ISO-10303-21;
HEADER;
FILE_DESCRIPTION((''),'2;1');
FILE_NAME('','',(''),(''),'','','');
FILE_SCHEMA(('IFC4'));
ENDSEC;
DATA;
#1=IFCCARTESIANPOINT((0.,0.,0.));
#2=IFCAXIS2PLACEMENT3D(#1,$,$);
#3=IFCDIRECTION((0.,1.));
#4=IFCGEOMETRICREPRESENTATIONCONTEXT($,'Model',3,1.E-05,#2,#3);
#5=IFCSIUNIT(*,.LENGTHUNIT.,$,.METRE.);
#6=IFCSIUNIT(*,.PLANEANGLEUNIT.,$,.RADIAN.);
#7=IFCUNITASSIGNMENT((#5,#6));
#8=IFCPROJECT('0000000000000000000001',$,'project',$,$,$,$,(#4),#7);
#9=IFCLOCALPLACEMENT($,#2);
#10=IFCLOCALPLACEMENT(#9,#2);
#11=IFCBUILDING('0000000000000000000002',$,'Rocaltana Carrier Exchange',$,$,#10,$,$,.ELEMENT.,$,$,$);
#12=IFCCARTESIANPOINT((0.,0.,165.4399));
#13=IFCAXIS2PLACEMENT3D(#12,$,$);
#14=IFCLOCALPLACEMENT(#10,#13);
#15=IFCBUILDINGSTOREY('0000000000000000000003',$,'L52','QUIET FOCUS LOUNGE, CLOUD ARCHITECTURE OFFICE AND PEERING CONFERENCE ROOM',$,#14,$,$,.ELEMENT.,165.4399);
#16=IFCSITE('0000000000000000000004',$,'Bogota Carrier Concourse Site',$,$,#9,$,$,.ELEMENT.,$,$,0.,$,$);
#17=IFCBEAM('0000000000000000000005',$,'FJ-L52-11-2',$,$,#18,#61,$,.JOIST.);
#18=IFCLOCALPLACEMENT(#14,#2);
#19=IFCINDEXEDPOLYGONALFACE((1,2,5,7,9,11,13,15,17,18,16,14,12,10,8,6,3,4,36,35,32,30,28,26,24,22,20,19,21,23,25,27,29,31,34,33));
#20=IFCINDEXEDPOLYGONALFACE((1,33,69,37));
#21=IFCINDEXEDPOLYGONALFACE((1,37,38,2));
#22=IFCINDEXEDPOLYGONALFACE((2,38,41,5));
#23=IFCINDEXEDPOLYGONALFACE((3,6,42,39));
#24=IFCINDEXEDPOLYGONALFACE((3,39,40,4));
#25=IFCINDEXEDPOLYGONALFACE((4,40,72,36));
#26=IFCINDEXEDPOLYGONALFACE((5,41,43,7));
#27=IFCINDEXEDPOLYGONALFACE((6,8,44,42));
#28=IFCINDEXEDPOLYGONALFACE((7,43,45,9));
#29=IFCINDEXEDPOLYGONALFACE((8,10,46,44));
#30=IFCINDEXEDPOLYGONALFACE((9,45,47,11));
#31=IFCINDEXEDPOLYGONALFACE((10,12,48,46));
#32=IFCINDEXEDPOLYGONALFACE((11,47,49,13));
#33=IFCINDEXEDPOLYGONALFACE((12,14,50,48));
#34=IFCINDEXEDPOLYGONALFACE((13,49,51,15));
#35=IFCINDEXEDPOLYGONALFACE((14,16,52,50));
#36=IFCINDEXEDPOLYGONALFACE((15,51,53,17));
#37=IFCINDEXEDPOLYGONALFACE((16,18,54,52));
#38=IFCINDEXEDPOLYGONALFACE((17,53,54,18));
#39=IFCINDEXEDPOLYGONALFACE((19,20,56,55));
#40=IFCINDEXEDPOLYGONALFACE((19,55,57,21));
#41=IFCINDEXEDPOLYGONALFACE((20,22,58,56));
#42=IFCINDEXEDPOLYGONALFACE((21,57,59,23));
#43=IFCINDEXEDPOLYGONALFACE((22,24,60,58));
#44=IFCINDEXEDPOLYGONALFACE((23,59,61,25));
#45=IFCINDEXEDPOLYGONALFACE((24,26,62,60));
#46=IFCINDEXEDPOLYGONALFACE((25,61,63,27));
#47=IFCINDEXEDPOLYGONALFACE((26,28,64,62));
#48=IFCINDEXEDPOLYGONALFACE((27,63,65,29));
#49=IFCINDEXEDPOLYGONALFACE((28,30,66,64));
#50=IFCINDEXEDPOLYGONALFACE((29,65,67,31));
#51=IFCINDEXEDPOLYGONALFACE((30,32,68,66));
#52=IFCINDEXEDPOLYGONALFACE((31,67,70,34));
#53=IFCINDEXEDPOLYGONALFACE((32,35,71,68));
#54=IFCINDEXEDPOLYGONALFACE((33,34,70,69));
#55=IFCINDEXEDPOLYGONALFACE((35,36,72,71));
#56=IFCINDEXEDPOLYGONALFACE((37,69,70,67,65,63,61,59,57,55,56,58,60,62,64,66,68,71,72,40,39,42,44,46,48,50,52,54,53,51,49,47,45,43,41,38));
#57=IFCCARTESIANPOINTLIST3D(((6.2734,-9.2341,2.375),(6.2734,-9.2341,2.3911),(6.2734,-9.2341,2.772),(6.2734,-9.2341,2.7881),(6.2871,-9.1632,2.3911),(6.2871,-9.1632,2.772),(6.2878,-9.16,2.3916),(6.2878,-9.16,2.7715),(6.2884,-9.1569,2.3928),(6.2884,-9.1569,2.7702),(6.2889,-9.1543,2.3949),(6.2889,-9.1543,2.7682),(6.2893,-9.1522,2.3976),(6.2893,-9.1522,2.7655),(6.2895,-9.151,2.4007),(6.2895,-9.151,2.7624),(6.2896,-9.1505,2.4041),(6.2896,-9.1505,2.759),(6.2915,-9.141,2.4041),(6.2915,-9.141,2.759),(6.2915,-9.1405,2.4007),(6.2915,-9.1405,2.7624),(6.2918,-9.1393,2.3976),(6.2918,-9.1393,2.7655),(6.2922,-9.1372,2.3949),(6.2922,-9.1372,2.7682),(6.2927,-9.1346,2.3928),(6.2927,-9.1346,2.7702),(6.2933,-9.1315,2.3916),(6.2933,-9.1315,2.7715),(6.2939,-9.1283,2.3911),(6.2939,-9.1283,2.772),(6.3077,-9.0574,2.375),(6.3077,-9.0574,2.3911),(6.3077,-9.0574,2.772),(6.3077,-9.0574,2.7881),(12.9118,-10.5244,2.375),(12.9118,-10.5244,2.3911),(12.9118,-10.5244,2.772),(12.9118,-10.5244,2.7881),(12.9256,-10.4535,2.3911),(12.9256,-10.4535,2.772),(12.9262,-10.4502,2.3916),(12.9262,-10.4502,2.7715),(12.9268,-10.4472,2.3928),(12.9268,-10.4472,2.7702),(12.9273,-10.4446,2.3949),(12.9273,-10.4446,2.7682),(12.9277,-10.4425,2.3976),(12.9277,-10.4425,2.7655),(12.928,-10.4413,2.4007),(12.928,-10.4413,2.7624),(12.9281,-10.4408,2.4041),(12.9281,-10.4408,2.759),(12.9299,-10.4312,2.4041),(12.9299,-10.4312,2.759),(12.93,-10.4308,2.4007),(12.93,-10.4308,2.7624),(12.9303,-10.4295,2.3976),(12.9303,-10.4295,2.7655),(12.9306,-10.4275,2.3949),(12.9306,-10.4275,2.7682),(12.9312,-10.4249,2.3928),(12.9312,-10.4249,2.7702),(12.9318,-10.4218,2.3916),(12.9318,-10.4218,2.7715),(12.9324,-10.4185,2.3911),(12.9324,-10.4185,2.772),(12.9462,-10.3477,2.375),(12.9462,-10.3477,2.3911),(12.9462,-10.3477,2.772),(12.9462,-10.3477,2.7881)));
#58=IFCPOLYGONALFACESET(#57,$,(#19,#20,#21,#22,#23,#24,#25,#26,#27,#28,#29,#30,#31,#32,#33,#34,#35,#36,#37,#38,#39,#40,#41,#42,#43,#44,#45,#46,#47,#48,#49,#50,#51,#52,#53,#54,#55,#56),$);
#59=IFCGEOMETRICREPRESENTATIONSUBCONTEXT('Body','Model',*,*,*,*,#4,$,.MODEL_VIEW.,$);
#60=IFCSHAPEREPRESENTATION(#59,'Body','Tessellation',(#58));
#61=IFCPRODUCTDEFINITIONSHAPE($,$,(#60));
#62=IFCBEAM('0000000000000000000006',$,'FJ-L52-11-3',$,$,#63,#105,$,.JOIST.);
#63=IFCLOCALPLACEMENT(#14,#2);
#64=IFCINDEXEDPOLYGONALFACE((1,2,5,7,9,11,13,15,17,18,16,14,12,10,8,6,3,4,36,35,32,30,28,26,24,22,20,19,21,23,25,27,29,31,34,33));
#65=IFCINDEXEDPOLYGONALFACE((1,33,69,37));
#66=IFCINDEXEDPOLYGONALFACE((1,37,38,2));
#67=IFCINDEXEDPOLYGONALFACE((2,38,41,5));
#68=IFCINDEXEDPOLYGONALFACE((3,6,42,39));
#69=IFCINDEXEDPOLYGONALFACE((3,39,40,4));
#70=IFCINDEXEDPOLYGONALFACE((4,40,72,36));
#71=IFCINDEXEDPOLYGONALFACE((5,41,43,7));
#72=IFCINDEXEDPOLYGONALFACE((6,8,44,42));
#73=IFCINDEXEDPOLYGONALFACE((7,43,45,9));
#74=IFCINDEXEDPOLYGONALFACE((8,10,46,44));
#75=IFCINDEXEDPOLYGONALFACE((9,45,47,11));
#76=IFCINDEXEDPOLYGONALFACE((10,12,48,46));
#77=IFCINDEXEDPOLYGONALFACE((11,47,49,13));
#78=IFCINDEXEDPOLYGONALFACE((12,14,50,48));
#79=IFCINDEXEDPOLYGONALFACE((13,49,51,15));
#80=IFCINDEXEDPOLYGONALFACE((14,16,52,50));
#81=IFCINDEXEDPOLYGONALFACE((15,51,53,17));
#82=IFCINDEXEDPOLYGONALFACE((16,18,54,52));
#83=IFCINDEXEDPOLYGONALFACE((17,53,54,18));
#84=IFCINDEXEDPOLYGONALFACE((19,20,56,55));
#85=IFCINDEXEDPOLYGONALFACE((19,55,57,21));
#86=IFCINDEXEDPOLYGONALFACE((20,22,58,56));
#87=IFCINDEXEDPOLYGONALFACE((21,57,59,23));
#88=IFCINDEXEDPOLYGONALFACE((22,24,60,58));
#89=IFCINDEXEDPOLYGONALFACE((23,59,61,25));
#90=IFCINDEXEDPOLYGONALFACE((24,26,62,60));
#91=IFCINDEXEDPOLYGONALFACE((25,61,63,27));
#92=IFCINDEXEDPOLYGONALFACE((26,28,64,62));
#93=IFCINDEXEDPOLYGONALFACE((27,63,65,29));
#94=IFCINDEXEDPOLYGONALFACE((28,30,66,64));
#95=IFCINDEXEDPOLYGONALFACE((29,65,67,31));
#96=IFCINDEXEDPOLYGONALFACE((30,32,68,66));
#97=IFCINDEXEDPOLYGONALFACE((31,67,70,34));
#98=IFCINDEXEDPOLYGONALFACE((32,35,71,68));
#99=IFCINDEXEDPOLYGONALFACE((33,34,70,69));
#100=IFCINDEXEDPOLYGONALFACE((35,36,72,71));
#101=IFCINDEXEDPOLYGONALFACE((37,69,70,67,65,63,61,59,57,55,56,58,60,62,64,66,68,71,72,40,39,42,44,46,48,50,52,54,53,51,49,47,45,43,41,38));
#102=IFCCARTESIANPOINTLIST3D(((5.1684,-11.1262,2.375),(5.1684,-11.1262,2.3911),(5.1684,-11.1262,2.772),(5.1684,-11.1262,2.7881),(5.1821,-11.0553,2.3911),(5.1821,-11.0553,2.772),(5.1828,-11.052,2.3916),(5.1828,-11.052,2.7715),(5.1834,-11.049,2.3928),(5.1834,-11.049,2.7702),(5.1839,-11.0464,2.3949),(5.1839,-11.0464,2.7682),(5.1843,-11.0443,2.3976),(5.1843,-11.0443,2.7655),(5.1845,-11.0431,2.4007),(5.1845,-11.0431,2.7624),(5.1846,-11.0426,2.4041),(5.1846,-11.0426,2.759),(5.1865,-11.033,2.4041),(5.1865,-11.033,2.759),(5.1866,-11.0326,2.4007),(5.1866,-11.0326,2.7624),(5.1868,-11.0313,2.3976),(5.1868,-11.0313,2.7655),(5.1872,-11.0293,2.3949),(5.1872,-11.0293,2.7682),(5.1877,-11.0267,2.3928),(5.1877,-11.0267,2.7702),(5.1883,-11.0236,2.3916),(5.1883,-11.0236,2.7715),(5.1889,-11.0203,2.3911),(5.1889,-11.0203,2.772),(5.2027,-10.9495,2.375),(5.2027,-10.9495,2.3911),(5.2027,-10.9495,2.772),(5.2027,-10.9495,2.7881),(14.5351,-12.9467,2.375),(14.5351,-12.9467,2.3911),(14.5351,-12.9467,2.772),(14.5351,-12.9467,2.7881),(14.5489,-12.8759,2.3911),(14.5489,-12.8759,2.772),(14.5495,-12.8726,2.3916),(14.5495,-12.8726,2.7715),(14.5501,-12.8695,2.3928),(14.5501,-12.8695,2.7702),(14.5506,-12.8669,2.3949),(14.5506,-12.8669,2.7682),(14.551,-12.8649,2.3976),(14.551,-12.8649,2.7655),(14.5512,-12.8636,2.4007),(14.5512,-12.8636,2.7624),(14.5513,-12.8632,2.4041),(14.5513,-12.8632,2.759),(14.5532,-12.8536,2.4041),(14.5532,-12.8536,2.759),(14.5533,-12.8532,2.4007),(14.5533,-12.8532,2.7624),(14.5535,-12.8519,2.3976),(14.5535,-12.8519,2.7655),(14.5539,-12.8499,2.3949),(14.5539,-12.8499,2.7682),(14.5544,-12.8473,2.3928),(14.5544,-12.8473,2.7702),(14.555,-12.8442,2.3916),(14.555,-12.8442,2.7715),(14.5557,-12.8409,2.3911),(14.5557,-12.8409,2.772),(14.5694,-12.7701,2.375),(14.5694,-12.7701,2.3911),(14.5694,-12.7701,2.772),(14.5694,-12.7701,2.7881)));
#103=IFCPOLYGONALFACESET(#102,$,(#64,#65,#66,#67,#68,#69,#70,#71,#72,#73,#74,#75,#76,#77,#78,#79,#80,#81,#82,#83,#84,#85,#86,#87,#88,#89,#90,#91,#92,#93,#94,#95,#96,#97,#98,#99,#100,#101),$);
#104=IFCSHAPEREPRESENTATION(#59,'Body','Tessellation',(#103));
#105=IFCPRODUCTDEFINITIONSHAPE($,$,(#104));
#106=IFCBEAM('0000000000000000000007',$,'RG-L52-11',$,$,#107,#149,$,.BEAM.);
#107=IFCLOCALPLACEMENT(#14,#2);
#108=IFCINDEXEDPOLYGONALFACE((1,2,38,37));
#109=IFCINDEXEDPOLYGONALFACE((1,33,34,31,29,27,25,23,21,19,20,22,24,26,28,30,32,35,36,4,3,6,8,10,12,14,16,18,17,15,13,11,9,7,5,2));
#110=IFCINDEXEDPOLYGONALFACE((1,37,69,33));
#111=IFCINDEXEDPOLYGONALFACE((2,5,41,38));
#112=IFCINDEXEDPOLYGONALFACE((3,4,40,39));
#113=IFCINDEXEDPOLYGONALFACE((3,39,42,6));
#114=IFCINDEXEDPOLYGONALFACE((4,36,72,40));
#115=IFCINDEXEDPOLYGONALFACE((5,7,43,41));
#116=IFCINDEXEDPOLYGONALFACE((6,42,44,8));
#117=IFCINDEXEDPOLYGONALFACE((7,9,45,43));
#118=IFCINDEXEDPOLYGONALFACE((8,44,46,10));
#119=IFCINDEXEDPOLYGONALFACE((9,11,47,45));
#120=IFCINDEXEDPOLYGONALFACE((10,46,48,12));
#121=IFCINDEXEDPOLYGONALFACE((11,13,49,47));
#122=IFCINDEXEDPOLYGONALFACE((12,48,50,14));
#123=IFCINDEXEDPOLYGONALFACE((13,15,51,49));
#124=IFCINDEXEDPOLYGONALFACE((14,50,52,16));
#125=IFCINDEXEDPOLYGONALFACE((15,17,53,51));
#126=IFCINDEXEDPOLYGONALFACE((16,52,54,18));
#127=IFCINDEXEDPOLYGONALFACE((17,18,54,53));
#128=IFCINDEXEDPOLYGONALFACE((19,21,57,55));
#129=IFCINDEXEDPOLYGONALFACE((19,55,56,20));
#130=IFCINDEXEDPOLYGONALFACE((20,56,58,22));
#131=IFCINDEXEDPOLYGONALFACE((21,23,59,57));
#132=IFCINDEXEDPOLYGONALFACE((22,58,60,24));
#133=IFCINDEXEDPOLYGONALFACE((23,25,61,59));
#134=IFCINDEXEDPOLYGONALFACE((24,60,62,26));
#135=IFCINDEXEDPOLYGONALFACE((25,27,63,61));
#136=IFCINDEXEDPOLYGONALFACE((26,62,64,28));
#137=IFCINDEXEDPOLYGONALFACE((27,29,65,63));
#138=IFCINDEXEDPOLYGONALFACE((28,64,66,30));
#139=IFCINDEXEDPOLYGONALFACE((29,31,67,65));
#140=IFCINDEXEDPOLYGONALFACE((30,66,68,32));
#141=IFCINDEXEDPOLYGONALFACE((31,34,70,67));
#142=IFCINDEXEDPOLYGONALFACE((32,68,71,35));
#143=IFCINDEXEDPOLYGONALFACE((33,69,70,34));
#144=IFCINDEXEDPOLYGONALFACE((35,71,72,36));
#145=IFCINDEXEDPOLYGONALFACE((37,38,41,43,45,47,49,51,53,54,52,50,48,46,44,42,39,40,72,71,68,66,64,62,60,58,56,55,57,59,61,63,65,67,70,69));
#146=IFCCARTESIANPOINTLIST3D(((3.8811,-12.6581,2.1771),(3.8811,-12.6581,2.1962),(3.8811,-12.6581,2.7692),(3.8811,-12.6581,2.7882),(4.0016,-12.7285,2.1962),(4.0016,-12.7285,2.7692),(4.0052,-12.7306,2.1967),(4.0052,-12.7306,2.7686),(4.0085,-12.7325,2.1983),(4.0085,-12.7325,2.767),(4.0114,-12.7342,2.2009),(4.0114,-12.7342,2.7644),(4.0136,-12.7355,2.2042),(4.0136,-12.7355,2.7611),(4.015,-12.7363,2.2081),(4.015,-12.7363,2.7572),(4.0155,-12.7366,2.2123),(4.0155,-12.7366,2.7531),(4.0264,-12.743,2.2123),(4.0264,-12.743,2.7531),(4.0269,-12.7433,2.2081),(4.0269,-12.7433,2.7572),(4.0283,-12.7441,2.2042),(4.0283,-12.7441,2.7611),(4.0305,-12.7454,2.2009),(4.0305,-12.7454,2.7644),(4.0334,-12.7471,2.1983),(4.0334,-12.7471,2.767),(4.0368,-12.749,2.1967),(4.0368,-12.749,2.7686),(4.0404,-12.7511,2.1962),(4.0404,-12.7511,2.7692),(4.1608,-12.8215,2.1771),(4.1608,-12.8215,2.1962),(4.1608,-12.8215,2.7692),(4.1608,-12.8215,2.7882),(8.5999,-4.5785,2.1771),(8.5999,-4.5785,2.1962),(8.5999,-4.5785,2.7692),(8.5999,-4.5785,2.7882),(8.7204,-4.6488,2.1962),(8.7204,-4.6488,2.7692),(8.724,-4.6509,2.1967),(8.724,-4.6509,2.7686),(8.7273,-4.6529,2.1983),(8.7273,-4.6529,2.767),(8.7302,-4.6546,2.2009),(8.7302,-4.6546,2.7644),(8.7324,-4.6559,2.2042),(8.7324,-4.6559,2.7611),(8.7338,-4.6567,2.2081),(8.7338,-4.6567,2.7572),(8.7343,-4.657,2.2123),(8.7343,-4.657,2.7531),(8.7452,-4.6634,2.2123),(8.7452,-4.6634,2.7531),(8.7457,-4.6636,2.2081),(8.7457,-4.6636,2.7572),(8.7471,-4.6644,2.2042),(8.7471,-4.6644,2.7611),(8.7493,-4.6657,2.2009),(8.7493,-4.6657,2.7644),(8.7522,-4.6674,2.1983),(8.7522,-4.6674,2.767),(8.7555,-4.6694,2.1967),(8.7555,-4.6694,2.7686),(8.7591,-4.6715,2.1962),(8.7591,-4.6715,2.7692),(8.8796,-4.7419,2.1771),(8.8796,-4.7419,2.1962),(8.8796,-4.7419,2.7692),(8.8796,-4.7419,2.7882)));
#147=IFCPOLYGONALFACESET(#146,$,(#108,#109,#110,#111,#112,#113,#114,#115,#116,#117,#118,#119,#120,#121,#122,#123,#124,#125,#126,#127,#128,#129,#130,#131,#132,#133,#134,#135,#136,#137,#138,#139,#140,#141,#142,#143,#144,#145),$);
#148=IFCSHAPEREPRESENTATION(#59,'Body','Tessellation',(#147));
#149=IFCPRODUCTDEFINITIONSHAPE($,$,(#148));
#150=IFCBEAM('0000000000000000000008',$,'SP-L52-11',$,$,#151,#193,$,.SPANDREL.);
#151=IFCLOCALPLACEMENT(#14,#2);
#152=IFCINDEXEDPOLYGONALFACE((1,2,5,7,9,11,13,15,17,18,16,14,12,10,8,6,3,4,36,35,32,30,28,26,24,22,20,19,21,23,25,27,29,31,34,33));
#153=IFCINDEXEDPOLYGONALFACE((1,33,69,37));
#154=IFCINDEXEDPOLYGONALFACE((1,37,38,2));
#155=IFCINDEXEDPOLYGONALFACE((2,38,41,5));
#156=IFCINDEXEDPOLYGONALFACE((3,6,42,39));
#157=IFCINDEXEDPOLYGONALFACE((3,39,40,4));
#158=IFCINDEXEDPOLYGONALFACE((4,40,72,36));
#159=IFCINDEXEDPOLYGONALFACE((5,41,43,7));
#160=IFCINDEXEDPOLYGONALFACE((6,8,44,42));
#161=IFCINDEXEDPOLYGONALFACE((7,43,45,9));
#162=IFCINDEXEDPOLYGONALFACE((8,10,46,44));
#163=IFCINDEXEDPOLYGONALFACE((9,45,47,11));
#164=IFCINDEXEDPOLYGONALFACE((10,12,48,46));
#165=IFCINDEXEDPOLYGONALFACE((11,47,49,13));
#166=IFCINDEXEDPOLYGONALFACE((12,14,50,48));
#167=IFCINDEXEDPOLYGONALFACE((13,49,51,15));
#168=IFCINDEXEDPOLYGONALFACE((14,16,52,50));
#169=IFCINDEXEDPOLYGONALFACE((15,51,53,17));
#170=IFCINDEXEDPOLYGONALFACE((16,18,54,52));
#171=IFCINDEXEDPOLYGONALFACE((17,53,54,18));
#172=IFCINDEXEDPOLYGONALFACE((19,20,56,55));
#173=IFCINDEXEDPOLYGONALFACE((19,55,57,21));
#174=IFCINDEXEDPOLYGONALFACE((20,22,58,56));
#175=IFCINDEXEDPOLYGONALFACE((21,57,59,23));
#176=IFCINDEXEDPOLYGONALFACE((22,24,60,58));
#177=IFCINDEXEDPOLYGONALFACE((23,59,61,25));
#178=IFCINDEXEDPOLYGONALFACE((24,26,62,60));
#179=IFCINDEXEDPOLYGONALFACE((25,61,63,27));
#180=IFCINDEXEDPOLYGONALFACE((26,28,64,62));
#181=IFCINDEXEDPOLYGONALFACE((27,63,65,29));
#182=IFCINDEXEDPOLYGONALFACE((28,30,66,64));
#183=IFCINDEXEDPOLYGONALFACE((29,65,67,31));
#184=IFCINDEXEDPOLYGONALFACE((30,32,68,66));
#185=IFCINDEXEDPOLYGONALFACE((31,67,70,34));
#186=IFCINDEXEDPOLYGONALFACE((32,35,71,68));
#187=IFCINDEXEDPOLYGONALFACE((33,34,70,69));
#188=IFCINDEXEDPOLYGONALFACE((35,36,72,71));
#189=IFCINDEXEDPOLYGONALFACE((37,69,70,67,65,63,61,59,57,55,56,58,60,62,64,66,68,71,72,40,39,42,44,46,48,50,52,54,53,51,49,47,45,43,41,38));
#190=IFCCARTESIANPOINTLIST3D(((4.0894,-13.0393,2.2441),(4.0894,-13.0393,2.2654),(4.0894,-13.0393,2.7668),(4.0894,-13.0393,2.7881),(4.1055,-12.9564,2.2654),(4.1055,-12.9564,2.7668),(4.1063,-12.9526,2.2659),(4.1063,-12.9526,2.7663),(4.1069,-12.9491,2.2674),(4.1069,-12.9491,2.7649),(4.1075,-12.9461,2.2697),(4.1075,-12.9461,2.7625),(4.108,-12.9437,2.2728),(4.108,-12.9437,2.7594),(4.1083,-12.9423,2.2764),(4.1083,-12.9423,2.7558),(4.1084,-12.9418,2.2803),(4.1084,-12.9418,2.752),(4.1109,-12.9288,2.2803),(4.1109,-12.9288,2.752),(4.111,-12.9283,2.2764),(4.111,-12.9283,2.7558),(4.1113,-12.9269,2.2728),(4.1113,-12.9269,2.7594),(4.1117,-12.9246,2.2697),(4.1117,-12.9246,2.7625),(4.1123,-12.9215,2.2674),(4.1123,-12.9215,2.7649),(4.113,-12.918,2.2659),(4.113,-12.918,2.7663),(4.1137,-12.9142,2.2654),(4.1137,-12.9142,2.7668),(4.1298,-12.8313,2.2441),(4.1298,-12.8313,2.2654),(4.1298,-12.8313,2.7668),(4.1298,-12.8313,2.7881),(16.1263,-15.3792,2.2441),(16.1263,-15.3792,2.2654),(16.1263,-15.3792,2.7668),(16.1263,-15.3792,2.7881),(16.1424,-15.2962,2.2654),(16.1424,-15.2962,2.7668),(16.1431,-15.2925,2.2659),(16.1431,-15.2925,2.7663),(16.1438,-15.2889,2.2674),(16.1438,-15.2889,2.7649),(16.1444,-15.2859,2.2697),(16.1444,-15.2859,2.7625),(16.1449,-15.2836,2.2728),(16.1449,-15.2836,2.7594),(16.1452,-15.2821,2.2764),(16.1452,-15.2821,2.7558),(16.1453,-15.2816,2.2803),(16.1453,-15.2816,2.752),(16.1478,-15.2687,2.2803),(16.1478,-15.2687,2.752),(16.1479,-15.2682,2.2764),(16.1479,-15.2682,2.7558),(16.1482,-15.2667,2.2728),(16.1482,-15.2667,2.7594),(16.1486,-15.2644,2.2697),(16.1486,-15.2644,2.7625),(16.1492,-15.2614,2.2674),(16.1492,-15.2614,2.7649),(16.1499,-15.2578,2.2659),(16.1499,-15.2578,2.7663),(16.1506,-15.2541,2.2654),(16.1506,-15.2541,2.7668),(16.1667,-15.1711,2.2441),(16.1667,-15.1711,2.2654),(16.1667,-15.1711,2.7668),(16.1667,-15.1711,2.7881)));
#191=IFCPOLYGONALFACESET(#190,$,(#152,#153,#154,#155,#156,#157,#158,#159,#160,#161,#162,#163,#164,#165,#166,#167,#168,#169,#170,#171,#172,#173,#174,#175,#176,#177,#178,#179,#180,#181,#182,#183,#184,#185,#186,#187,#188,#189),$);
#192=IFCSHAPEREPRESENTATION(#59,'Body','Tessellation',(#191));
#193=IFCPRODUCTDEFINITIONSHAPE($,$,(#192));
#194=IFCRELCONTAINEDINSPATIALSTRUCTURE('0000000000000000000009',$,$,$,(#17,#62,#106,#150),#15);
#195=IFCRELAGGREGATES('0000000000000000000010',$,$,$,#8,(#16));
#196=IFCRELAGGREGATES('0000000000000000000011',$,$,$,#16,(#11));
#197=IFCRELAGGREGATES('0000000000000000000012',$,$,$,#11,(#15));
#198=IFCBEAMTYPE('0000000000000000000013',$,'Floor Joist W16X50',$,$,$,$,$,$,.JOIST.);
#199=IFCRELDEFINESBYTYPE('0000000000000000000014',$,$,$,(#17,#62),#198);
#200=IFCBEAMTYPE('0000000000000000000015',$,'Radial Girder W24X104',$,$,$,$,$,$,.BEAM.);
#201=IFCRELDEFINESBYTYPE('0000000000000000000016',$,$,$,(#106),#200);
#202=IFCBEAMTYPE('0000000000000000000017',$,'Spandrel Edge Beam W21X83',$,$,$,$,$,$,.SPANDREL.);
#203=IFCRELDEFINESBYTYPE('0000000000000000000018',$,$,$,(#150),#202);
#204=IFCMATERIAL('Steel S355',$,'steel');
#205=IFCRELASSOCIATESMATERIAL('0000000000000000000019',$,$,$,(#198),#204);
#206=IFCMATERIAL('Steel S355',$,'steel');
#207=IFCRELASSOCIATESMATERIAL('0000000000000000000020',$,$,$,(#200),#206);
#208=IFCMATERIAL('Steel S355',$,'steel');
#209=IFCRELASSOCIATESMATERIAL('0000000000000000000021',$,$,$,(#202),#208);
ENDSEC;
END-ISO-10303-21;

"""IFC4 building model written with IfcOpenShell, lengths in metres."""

from ifc_helpers import new_model, si_unit, direction, frame, origin, origin_2d, place, context, subcontext, project, spatial, i_section, extrude, material, material_profile, profile_set, type_object, element, save


model = new_model("IFC4")

# Units and contexts
model_context = context("Model", 3, precision=1e-05, world=origin(), true_north=direction((0.0, 1.0)))
body_context = subcontext(model_context, "Body", "Model", "MODEL_VIEW")
ifc_project = project(units=[si_unit("LENGTHUNIT", "METRE"), si_unit("PLANEANGLEUNIT", "RADIAN")], contexts=[model_context])

# Site, building, storey
site_placement = place(None, origin())
site = spatial("IfcSite", under=ifc_project, at=site_placement, Name="Bogota Carrier Concourse Site", CompositionType="ELEMENT", RefElevation=0.0)
building_placement = place(site_placement, origin())
building = spatial("IfcBuilding", under=site, at=building_placement, Name="Rocaltana Carrier Exchange", CompositionType="ELEMENT")
storey_placement = place(building_placement, frame((0.0, 0.0, 165.4399)))
storey = spatial("IfcBuildingStorey", under=building, at=storey_placement, Name="L52", Description="QUIET FOCUS LOUNGE, CLOUD ARCHITECTURE OFFICE AND PEERING CONFERENCE ROOM", CompositionType="ELEMENT", Elevation=165.4399)

# Beams
ifc_material_1 = material(Name="Steel S355", Category="steel")
ifc_material_profile_1 = material_profile(ifc_material_1, i_section(OverallWidth=0.1799, OverallDepth=0.4131, WebThickness=0.0098, FlangeThickness=0.0161, FilletRadius=0.0129, at=origin_2d()), Name="W16X50")
ifc_profile_set_1 = profile_set([ifc_material_profile_1], Name="Steel S355")
beam_type_1 = type_object("IfcBeamType", Name="Floor Joist W16X50", PredefinedType="JOIST", material=ifc_profile_set_1)
beam_1_placement = place(storey_placement, frame((6.2905, -9.1458, 2.5815), z_axis=(0.98163, -0.190795, 0.0), x_axis=(0.190795, 0.98163, 0.0)))
element("IfcBeam", 1, at=beam_1_placement, inside=storey, type_object=beam_type_1, Name="FJ-L52-11-2", PredefinedType="JOIST", context=body_context, shape_type="SweptSolid", body=[
    extrude(i_section(OverallWidth=0.1799, OverallDepth=0.4131, WebThickness=0.0098, FlangeThickness=0.0161, FilletRadius=0.0129, at=origin_2d()), origin(), (0.0, 0.0, 1.0), 6.7627),
])
beam_2_placement = place(storey_placement, frame((5.1855, -11.0378, 2.5815), z_axis=(0.98163, -0.190794, 0.0), x_axis=(0.190794, 0.98163, 0.0)))
element("IfcBeam", 2, at=beam_2_placement, inside=storey, type_object=beam_type_1, Name="FJ-L52-11-3", PredefinedType="JOIST", context=body_context, shape_type="SweptSolid", body=[
    extrude(i_section(OverallWidth=0.1799, OverallDepth=0.4131, WebThickness=0.0098, FlangeThickness=0.0161, FilletRadius=0.0129, at=origin_2d()), origin(), (0.0, 0.0, 1.0), 9.542),
])
ifc_material_2 = material(Name="Steel S355", Category="steel")
ifc_material_profile_2 = material_profile(ifc_material_2, i_section(OverallWidth=0.324, OverallDepth=0.6111, WebThickness=0.0127, FlangeThickness=0.019, FilletRadius=0.0161, at=origin_2d()), Name="W24X104")
ifc_profile_set_2 = profile_set([ifc_material_profile_2], Name="Steel S355")
beam_type_2 = type_object("IfcBeamType", Name="Radial Girder W24X104", PredefinedType="BEAM", material=ifc_profile_set_2)
beam_3_placement = place(storey_placement, frame((8.7397, -4.6602, 2.4827), z_axis=(-0.504322, -0.863516, 0.0), x_axis=(0.863516, -0.504322, 0.0)))
element("IfcBeam", 3, at=beam_3_placement, inside=storey, type_object=beam_type_2, Name="RG-L52-11", PredefinedType="BEAM", context=body_context, shape_type="SweptSolid", body=[
    extrude(i_section(OverallWidth=0.324, OverallDepth=0.6111, WebThickness=0.0127, FlangeThickness=0.019, FilletRadius=0.0161, at=origin_2d()), origin(), (0.0, 0.0, 1.0), 9.3567),
])
ifc_material_3 = material(Name="Steel S355", Category="steel")
ifc_material_profile_3 = material_profile(ifc_material_3, i_section(OverallWidth=0.2119, OverallDepth=0.5439, WebThickness=0.0132, FlangeThickness=0.0212, FilletRadius=0.0149, at=origin_2d()), Name="W21X83")
ifc_profile_set_3 = profile_set([ifc_material_profile_3], Name="Steel S355")
beam_type_3 = type_object("IfcBeamType", Name="Spandrel Edge Beam W21X83", PredefinedType="SPANDREL", material=ifc_profile_set_3)
beam_4_placement = place(storey_placement, frame((4.1096, -12.9353, 2.5161), z_axis=(0.981625, -0.190818, 0.0), x_axis=(0.190818, 0.981625, 0.0)))
element("IfcBeam", 4, at=beam_4_placement, inside=storey, type_object=beam_type_3, Name="SP-L52-11", PredefinedType="SPANDREL", context=body_context, shape_type="SweptSolid", body=[
    extrude(i_section(OverallWidth=0.2119, OverallDepth=0.5439, WebThickness=0.0132, FlangeThickness=0.0212, FilletRadius=0.0149, at=origin_2d()), origin(), (0.0, 0.0, 1.0), 12.2622),
])

save(model, "model.ifc")
